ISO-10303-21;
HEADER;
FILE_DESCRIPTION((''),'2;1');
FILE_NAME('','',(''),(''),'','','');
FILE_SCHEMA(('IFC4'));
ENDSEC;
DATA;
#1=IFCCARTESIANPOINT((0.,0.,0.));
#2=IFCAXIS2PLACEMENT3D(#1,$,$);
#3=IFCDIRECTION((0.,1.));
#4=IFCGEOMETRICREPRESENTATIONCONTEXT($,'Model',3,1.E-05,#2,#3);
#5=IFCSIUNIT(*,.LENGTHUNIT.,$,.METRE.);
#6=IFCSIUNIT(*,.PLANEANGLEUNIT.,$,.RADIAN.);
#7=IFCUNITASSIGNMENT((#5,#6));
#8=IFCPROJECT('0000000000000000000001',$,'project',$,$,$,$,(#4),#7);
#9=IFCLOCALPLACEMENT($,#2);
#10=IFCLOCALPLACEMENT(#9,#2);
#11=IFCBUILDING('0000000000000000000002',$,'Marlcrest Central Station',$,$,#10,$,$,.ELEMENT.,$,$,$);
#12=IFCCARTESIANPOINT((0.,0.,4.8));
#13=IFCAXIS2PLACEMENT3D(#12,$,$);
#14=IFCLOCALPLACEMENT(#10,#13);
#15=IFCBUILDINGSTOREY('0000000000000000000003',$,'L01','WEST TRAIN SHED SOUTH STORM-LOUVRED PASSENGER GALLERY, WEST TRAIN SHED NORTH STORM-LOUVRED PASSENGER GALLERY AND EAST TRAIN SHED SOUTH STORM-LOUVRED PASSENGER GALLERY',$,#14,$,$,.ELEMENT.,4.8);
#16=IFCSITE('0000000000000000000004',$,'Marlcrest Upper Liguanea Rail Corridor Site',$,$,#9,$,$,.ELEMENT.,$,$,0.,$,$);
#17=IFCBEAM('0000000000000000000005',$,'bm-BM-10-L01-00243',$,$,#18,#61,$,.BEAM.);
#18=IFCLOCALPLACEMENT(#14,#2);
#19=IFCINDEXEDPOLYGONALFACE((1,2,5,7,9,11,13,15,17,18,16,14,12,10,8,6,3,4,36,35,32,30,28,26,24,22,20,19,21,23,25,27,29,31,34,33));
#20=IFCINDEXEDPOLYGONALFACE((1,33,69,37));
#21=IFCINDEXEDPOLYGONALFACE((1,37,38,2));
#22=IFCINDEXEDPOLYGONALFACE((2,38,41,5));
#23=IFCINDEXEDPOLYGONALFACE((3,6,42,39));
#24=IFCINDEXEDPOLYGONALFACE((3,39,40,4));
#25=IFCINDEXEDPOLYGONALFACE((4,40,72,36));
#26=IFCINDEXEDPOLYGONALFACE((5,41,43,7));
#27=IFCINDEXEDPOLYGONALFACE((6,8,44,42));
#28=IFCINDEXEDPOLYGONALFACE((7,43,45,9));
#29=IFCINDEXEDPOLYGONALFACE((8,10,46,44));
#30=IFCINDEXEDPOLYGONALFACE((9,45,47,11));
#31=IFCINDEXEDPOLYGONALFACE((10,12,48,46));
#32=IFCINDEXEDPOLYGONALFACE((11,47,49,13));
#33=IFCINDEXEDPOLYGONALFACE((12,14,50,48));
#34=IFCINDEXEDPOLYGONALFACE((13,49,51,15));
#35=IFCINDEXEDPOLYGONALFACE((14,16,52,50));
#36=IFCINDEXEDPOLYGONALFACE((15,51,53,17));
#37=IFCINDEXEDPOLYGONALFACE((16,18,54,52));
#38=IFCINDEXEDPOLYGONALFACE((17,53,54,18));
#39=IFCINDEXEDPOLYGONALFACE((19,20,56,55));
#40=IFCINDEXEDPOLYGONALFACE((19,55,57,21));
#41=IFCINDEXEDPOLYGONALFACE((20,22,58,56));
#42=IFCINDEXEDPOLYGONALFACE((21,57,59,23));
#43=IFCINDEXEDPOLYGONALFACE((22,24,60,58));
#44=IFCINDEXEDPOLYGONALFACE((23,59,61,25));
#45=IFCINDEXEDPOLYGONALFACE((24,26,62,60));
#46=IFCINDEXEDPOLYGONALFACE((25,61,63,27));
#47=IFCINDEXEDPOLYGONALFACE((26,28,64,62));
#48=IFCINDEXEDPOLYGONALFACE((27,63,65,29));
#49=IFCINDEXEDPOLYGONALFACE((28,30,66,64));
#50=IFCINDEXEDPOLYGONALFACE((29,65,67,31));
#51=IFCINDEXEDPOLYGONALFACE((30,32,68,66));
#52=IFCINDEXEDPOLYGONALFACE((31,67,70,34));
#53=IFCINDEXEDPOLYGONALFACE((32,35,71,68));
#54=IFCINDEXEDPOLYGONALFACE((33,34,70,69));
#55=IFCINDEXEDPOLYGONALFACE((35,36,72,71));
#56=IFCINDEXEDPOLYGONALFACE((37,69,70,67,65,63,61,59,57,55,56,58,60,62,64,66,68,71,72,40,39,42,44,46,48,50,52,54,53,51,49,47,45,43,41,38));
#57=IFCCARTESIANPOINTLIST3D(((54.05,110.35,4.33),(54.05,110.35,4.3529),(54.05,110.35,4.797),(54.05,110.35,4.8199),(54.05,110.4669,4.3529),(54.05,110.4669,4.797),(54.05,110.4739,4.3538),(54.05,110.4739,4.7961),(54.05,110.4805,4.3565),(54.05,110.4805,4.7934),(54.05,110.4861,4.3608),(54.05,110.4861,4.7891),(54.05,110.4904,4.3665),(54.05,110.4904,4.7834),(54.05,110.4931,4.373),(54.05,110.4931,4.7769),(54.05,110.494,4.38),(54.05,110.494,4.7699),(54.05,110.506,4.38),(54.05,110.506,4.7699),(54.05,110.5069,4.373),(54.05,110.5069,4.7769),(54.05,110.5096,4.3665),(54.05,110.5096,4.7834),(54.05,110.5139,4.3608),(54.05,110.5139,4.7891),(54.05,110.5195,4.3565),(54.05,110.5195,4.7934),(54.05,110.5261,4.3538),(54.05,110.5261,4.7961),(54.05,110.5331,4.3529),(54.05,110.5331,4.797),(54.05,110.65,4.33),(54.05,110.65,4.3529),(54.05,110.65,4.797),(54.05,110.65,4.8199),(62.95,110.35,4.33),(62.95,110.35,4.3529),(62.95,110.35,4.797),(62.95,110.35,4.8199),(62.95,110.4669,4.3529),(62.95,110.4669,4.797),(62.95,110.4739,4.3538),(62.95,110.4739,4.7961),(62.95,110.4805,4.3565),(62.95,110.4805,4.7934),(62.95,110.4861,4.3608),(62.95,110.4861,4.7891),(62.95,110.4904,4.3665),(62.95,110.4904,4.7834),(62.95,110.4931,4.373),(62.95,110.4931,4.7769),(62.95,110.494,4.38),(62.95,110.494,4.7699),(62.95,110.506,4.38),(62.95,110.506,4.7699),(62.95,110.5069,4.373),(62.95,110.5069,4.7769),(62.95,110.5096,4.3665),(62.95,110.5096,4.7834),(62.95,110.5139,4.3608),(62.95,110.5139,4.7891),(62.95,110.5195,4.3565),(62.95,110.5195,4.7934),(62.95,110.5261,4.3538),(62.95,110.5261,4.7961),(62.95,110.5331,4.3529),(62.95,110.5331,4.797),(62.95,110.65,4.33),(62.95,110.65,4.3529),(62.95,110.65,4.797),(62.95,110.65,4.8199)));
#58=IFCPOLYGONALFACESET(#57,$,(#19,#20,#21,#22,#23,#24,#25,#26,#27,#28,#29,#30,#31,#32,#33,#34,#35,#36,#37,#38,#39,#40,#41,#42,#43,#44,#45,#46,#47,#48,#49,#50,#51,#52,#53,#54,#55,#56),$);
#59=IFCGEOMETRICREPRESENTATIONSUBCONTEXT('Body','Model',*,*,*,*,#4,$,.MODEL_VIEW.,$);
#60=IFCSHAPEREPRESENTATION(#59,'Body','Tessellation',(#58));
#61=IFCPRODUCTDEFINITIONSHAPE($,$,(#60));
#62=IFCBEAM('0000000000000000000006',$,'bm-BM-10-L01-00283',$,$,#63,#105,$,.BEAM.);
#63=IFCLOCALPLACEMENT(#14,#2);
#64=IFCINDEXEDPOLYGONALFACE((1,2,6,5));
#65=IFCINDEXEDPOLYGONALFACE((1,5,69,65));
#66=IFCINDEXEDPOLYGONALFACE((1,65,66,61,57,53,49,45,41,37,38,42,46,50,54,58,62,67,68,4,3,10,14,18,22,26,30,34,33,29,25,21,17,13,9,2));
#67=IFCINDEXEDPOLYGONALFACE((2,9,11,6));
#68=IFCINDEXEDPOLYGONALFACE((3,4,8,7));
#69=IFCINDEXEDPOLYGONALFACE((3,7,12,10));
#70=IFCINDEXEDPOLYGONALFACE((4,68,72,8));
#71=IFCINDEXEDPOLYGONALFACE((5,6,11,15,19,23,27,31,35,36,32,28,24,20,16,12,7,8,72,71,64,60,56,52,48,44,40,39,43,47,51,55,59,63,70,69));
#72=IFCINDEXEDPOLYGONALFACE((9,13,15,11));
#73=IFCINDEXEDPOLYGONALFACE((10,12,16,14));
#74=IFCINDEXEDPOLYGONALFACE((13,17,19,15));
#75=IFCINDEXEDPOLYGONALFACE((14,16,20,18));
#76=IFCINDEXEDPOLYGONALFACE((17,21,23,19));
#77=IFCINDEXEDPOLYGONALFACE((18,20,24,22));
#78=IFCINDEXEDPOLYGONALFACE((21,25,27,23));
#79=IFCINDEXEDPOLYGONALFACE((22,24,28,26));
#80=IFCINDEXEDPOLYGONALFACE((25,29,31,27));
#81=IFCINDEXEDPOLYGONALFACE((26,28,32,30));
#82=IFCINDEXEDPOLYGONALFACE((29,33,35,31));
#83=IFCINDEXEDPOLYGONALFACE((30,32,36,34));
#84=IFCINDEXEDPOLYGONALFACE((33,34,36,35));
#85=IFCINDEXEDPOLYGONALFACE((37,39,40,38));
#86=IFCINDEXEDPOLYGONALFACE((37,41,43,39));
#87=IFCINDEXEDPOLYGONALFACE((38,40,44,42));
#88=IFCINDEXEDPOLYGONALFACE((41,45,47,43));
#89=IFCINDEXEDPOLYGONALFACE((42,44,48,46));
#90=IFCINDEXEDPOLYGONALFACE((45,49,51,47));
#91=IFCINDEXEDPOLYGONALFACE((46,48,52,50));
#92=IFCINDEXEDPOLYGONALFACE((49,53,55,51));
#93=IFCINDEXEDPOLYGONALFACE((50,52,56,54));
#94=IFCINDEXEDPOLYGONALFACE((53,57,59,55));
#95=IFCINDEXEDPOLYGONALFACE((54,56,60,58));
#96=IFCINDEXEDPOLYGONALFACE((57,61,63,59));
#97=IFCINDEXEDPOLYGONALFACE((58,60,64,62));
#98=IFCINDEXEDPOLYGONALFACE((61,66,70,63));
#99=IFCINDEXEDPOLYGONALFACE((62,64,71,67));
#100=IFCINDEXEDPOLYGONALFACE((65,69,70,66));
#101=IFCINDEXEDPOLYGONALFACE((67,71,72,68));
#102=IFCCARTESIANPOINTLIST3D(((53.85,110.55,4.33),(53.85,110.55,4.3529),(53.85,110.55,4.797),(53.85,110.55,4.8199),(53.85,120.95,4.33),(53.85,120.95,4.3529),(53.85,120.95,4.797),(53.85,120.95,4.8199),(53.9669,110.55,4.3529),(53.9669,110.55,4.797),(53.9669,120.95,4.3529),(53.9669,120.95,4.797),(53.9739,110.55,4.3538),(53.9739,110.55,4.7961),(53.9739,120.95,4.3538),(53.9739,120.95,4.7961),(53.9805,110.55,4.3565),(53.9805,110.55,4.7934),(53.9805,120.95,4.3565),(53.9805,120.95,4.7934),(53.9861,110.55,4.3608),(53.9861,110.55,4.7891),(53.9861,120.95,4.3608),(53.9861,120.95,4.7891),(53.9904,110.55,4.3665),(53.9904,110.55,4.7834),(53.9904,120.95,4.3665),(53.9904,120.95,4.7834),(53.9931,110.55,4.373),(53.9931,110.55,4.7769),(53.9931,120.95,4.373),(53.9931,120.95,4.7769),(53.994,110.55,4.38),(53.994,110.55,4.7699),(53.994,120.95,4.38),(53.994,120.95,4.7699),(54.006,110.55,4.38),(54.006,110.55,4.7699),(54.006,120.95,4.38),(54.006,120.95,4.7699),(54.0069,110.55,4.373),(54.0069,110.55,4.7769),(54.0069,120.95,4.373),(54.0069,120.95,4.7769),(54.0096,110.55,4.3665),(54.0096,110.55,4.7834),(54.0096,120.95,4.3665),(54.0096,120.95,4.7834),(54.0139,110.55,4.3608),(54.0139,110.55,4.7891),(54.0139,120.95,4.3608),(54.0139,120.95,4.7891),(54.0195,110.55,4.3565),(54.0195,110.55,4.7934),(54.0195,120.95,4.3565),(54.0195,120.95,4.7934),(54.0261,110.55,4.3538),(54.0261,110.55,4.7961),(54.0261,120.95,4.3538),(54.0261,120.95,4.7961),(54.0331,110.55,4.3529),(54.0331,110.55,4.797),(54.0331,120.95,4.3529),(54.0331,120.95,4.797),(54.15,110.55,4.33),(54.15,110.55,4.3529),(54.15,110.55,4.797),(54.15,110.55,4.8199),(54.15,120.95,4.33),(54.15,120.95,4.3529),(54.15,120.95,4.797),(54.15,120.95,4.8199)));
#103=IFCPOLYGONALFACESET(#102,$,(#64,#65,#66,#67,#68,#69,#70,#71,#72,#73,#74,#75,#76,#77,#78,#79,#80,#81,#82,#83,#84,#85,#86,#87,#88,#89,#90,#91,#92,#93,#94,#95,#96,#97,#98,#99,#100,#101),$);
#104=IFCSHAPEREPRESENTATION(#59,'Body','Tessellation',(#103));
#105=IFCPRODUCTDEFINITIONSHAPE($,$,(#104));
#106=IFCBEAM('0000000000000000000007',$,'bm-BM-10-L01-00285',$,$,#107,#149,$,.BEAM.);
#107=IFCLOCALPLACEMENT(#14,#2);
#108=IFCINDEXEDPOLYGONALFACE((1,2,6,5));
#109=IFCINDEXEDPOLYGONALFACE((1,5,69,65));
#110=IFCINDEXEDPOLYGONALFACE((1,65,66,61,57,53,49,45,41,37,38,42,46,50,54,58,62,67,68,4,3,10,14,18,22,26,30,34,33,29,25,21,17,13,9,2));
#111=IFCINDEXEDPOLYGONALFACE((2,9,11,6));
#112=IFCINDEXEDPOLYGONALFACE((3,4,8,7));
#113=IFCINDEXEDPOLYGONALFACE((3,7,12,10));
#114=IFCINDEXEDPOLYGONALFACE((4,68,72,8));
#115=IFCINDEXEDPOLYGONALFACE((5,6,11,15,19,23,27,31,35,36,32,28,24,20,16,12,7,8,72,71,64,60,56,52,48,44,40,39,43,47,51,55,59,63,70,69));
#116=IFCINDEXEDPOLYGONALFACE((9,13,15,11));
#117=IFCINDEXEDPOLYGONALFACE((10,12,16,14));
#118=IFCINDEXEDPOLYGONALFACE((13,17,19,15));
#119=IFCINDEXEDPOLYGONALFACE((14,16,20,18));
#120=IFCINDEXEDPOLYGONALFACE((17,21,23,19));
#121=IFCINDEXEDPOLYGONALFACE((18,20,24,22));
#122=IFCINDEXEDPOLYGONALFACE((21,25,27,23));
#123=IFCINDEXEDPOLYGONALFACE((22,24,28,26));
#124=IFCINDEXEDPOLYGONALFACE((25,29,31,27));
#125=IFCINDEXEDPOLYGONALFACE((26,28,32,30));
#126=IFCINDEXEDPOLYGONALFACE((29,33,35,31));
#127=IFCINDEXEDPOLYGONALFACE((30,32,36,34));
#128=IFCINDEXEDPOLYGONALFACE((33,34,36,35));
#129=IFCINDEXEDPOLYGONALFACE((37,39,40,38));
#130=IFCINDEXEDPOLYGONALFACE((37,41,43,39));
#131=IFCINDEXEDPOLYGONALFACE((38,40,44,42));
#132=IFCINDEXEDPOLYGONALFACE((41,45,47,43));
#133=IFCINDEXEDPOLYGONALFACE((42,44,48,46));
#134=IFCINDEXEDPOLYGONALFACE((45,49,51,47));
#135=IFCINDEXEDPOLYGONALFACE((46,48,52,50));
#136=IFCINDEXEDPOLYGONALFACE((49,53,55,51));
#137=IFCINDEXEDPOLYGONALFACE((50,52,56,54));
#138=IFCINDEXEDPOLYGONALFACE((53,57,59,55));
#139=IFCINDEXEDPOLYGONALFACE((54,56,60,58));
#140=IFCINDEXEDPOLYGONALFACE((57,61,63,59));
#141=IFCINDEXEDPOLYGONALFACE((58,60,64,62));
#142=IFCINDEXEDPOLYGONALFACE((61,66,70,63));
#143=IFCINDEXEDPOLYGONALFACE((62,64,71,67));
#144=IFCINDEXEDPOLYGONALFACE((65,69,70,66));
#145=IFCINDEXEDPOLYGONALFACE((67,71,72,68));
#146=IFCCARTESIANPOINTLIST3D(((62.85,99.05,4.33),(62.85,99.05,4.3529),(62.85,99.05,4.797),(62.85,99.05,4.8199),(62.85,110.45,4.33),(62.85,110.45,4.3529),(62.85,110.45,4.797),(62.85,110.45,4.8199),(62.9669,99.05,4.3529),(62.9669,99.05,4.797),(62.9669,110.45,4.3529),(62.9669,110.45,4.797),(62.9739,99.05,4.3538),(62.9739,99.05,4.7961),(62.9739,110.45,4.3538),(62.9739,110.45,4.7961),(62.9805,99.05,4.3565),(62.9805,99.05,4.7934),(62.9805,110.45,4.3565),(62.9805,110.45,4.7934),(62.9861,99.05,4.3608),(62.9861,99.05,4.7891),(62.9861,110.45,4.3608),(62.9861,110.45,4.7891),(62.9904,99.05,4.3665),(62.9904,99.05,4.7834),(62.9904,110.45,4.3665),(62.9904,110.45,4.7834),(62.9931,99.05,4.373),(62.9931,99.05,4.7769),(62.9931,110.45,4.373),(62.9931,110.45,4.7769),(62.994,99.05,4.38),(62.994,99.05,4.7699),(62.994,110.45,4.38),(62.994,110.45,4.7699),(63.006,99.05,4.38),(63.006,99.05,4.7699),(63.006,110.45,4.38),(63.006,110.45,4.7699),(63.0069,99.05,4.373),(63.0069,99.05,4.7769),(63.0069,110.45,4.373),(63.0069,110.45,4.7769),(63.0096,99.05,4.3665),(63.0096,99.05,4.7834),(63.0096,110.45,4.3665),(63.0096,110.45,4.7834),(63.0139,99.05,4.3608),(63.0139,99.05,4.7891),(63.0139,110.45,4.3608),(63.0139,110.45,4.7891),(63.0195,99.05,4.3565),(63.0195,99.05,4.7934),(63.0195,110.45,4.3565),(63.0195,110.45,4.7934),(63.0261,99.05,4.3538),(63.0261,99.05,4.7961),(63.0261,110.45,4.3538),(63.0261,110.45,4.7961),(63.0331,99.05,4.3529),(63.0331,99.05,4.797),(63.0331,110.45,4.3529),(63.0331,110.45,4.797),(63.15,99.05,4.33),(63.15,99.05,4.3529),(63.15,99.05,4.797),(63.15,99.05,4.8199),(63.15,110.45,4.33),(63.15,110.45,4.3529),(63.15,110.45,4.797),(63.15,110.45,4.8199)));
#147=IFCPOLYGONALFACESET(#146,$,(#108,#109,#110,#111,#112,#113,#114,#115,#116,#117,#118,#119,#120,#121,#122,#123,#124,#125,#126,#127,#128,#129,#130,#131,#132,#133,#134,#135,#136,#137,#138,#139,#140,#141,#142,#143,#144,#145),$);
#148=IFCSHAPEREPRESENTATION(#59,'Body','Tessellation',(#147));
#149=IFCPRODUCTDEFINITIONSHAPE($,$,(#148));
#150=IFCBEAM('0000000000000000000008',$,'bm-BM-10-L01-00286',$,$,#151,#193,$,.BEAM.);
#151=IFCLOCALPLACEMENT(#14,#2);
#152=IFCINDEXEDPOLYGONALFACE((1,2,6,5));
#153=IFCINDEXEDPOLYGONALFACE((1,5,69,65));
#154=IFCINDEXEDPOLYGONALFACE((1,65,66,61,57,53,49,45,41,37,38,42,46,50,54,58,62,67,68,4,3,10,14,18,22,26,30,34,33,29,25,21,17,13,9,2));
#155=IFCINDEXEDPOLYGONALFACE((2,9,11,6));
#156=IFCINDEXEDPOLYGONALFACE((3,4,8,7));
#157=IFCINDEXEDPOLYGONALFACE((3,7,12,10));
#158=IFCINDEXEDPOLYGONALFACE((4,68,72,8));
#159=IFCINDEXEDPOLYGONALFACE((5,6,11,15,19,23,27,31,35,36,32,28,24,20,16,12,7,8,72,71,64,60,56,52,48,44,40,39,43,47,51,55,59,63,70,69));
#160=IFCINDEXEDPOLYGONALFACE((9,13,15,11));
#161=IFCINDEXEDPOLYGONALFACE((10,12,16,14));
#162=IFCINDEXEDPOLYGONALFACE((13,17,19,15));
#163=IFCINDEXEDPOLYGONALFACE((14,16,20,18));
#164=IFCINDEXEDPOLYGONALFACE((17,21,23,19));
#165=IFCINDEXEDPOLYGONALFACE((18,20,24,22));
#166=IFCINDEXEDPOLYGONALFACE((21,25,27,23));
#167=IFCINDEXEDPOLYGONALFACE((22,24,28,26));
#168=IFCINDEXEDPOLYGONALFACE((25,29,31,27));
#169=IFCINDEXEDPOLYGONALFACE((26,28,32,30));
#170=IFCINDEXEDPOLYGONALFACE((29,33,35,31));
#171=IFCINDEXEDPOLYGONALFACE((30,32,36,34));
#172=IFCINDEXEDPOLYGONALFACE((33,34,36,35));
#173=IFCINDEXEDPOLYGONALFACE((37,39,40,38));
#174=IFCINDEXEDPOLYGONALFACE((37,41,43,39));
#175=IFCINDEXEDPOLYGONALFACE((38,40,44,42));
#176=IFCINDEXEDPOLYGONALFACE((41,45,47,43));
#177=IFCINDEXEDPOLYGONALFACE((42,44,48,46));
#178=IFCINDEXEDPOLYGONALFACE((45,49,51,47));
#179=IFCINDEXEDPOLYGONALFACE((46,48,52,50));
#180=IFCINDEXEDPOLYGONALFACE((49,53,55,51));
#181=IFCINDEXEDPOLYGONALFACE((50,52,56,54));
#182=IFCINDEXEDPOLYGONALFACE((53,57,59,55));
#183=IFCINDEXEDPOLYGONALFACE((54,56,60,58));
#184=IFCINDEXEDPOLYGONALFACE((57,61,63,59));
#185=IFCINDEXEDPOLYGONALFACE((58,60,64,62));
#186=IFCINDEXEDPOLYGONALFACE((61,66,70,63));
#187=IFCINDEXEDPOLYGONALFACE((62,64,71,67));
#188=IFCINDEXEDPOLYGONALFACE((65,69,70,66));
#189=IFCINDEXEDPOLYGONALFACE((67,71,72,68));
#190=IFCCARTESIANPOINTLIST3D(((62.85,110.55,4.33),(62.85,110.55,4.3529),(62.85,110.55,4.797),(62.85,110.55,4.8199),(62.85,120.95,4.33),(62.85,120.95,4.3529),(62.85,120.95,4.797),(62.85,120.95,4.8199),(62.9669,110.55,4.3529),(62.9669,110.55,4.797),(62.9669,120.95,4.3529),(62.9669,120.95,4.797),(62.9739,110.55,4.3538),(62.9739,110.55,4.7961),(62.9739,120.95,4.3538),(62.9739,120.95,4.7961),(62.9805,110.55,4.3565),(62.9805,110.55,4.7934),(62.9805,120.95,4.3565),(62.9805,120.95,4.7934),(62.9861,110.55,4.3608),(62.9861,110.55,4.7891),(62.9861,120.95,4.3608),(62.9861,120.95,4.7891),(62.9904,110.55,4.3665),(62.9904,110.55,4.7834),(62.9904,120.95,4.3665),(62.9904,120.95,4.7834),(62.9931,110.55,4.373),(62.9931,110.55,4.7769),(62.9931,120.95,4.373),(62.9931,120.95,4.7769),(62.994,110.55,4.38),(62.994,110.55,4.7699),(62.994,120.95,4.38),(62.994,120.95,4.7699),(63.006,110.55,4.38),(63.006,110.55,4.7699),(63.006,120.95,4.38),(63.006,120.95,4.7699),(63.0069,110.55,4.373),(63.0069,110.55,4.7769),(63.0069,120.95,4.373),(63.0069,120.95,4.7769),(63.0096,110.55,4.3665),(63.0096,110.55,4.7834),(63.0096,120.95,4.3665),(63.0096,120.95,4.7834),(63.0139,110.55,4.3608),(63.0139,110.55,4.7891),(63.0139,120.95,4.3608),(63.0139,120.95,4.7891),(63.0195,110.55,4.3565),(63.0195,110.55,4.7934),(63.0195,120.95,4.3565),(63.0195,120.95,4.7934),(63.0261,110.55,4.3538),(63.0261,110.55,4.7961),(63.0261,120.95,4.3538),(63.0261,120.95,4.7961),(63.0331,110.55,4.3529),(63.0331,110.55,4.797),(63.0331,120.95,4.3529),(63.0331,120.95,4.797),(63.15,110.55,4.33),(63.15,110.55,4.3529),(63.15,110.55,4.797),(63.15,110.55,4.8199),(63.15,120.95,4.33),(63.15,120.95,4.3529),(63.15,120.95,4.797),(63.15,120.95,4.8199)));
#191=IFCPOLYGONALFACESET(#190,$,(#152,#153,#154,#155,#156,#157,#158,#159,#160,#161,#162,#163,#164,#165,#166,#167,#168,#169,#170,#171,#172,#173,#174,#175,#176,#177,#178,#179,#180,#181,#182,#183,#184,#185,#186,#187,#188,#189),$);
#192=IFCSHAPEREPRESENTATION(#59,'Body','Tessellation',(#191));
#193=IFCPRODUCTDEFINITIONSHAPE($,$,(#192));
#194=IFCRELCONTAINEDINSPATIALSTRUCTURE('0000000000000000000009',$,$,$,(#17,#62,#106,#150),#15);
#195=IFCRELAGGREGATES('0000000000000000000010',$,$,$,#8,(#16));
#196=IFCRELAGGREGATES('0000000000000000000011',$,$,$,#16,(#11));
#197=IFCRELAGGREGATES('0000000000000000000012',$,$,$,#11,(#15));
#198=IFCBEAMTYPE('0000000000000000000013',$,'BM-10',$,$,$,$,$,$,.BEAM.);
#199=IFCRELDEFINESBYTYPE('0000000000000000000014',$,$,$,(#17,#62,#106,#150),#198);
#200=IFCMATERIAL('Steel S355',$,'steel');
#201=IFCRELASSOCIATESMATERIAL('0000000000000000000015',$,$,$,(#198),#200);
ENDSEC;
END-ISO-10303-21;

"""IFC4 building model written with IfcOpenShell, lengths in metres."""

from ifc_helpers import new_model, si_unit, direction, frame, origin, origin_2d, place, context, subcontext, project, spatial, i_section, extrude, material, material_profile, profile_set, type_object, element, save


model = new_model("IFC4")

# Units and contexts
model_context = context("Model", 3, precision=1e-05, world=origin(), true_north=direction((0.0, 1.0)))
body_context = subcontext(model_context, "Body", "Model", "MODEL_VIEW")
ifc_project = project(units=[si_unit("LENGTHUNIT", "METRE"), si_unit("PLANEANGLEUNIT", "RADIAN")], contexts=[model_context])

# Site, building, storey
site_placement = place(None, origin())
site = spatial("IfcSite", under=ifc_project, at=site_placement, Name="Marlcrest Upper Liguanea Rail Corridor Site", CompositionType="ELEMENT", RefElevation=0.0)
building_placement = place(site_placement, origin())
building = spatial("IfcBuilding", under=site, at=building_placement, Name="Marlcrest Central Station", CompositionType="ELEMENT")
storey_placement = place(building_placement, frame((0.0, 0.0, 4.8)))
storey = spatial("IfcBuildingStorey", under=building, at=storey_placement, Name="L01", Description="WEST TRAIN SHED SOUTH STORM-LOUVRED PASSENGER GALLERY, WEST TRAIN SHED NORTH STORM-LOUVRED PASSENGER GALLERY AND EAST TRAIN SHED SOUTH STORM-LOUVRED PASSENGER GALLERY", CompositionType="ELEMENT", Elevation=4.8)

# Shared definitions
ifc_material_1 = material(Name="Steel S355", Category="steel")

# Beams
ifc_material_profile_1 = material_profile(ifc_material_1, i_section(OverallWidth=0.3, OverallDepth=0.49, WebThickness=0.012, FlangeThickness=0.0229, FilletRadius=0.0271, at=origin_2d()), Name="HEA 500")
ifc_profile_set_1 = profile_set([ifc_material_profile_1], Name="Steel S355")
beam_type_1 = type_object("IfcBeamType", Name="BM-10", PredefinedType="BEAM", material=ifc_profile_set_1)
beam_1_placement = place(storey_placement, frame((54.05, 110.5, 4.575), z_axis=(1.0, 0.0, 0.0), x_axis=(0.0, 1.0, 0.0)))
element("IfcBeam", 1, at=beam_1_placement, inside=storey, type_object=beam_type_1, Name="bm-BM-10-L01-00243", PredefinedType="BEAM", context=body_context, shape_type="SweptSolid", body=[
    extrude(i_section(OverallWidth=0.3, OverallDepth=0.49, WebThickness=0.012, FlangeThickness=0.0229, FilletRadius=0.0271, at=origin_2d()), origin(), (0.0, 0.0, 1.0), 8.8999),
])
beam_2_placement = place(storey_placement, frame((54.0, 110.55, 4.575), z_axis=(0.0, 1.0, 0.0), x_axis=(-1.0, 0.0, 0.0)))
element("IfcBeam", 2, at=beam_2_placement, inside=storey, type_object=beam_type_1, Name="bm-BM-10-L01-00283", PredefinedType="BEAM", context=body_context, shape_type="SweptSolid", body=[
    extrude(i_section(OverallWidth=0.3, OverallDepth=0.49, WebThickness=0.012, FlangeThickness=0.0229, FilletRadius=0.0271, at=origin_2d()), origin(), (0.0, 0.0, 1.0), 10.3999),
])
beam_3_placement = place(storey_placement, frame((63.0, 99.05, 4.575), z_axis=(0.0, 1.0, 0.0), x_axis=(-1.0, 0.0, 0.0)))
element("IfcBeam", 3, at=beam_3_placement, inside=storey, type_object=beam_type_1, Name="bm-BM-10-L01-00285", PredefinedType="BEAM", context=body_context, shape_type="SweptSolid", body=[
    extrude(i_section(OverallWidth=0.3, OverallDepth=0.49, WebThickness=0.012, FlangeThickness=0.0229, FilletRadius=0.0271, at=origin_2d()), origin(), (0.0, 0.0, 1.0), 11.3999),
])
beam_4_placement = place(storey_placement, frame((63.0, 110.55, 4.575), z_axis=(0.0, 1.0, 0.0), x_axis=(-1.0, 0.0, 0.0)))
element("IfcBeam", 4, at=beam_4_placement, inside=storey, type_object=beam_type_1, Name="bm-BM-10-L01-00286", PredefinedType="BEAM", context=body_context, shape_type="SweptSolid", body=[
    extrude(i_section(OverallWidth=0.3, OverallDepth=0.49, WebThickness=0.012, FlangeThickness=0.0229, FilletRadius=0.0271, at=origin_2d()), origin(), (0.0, 0.0, 1.0), 10.3999),
])

save(model, "model.ifc")
